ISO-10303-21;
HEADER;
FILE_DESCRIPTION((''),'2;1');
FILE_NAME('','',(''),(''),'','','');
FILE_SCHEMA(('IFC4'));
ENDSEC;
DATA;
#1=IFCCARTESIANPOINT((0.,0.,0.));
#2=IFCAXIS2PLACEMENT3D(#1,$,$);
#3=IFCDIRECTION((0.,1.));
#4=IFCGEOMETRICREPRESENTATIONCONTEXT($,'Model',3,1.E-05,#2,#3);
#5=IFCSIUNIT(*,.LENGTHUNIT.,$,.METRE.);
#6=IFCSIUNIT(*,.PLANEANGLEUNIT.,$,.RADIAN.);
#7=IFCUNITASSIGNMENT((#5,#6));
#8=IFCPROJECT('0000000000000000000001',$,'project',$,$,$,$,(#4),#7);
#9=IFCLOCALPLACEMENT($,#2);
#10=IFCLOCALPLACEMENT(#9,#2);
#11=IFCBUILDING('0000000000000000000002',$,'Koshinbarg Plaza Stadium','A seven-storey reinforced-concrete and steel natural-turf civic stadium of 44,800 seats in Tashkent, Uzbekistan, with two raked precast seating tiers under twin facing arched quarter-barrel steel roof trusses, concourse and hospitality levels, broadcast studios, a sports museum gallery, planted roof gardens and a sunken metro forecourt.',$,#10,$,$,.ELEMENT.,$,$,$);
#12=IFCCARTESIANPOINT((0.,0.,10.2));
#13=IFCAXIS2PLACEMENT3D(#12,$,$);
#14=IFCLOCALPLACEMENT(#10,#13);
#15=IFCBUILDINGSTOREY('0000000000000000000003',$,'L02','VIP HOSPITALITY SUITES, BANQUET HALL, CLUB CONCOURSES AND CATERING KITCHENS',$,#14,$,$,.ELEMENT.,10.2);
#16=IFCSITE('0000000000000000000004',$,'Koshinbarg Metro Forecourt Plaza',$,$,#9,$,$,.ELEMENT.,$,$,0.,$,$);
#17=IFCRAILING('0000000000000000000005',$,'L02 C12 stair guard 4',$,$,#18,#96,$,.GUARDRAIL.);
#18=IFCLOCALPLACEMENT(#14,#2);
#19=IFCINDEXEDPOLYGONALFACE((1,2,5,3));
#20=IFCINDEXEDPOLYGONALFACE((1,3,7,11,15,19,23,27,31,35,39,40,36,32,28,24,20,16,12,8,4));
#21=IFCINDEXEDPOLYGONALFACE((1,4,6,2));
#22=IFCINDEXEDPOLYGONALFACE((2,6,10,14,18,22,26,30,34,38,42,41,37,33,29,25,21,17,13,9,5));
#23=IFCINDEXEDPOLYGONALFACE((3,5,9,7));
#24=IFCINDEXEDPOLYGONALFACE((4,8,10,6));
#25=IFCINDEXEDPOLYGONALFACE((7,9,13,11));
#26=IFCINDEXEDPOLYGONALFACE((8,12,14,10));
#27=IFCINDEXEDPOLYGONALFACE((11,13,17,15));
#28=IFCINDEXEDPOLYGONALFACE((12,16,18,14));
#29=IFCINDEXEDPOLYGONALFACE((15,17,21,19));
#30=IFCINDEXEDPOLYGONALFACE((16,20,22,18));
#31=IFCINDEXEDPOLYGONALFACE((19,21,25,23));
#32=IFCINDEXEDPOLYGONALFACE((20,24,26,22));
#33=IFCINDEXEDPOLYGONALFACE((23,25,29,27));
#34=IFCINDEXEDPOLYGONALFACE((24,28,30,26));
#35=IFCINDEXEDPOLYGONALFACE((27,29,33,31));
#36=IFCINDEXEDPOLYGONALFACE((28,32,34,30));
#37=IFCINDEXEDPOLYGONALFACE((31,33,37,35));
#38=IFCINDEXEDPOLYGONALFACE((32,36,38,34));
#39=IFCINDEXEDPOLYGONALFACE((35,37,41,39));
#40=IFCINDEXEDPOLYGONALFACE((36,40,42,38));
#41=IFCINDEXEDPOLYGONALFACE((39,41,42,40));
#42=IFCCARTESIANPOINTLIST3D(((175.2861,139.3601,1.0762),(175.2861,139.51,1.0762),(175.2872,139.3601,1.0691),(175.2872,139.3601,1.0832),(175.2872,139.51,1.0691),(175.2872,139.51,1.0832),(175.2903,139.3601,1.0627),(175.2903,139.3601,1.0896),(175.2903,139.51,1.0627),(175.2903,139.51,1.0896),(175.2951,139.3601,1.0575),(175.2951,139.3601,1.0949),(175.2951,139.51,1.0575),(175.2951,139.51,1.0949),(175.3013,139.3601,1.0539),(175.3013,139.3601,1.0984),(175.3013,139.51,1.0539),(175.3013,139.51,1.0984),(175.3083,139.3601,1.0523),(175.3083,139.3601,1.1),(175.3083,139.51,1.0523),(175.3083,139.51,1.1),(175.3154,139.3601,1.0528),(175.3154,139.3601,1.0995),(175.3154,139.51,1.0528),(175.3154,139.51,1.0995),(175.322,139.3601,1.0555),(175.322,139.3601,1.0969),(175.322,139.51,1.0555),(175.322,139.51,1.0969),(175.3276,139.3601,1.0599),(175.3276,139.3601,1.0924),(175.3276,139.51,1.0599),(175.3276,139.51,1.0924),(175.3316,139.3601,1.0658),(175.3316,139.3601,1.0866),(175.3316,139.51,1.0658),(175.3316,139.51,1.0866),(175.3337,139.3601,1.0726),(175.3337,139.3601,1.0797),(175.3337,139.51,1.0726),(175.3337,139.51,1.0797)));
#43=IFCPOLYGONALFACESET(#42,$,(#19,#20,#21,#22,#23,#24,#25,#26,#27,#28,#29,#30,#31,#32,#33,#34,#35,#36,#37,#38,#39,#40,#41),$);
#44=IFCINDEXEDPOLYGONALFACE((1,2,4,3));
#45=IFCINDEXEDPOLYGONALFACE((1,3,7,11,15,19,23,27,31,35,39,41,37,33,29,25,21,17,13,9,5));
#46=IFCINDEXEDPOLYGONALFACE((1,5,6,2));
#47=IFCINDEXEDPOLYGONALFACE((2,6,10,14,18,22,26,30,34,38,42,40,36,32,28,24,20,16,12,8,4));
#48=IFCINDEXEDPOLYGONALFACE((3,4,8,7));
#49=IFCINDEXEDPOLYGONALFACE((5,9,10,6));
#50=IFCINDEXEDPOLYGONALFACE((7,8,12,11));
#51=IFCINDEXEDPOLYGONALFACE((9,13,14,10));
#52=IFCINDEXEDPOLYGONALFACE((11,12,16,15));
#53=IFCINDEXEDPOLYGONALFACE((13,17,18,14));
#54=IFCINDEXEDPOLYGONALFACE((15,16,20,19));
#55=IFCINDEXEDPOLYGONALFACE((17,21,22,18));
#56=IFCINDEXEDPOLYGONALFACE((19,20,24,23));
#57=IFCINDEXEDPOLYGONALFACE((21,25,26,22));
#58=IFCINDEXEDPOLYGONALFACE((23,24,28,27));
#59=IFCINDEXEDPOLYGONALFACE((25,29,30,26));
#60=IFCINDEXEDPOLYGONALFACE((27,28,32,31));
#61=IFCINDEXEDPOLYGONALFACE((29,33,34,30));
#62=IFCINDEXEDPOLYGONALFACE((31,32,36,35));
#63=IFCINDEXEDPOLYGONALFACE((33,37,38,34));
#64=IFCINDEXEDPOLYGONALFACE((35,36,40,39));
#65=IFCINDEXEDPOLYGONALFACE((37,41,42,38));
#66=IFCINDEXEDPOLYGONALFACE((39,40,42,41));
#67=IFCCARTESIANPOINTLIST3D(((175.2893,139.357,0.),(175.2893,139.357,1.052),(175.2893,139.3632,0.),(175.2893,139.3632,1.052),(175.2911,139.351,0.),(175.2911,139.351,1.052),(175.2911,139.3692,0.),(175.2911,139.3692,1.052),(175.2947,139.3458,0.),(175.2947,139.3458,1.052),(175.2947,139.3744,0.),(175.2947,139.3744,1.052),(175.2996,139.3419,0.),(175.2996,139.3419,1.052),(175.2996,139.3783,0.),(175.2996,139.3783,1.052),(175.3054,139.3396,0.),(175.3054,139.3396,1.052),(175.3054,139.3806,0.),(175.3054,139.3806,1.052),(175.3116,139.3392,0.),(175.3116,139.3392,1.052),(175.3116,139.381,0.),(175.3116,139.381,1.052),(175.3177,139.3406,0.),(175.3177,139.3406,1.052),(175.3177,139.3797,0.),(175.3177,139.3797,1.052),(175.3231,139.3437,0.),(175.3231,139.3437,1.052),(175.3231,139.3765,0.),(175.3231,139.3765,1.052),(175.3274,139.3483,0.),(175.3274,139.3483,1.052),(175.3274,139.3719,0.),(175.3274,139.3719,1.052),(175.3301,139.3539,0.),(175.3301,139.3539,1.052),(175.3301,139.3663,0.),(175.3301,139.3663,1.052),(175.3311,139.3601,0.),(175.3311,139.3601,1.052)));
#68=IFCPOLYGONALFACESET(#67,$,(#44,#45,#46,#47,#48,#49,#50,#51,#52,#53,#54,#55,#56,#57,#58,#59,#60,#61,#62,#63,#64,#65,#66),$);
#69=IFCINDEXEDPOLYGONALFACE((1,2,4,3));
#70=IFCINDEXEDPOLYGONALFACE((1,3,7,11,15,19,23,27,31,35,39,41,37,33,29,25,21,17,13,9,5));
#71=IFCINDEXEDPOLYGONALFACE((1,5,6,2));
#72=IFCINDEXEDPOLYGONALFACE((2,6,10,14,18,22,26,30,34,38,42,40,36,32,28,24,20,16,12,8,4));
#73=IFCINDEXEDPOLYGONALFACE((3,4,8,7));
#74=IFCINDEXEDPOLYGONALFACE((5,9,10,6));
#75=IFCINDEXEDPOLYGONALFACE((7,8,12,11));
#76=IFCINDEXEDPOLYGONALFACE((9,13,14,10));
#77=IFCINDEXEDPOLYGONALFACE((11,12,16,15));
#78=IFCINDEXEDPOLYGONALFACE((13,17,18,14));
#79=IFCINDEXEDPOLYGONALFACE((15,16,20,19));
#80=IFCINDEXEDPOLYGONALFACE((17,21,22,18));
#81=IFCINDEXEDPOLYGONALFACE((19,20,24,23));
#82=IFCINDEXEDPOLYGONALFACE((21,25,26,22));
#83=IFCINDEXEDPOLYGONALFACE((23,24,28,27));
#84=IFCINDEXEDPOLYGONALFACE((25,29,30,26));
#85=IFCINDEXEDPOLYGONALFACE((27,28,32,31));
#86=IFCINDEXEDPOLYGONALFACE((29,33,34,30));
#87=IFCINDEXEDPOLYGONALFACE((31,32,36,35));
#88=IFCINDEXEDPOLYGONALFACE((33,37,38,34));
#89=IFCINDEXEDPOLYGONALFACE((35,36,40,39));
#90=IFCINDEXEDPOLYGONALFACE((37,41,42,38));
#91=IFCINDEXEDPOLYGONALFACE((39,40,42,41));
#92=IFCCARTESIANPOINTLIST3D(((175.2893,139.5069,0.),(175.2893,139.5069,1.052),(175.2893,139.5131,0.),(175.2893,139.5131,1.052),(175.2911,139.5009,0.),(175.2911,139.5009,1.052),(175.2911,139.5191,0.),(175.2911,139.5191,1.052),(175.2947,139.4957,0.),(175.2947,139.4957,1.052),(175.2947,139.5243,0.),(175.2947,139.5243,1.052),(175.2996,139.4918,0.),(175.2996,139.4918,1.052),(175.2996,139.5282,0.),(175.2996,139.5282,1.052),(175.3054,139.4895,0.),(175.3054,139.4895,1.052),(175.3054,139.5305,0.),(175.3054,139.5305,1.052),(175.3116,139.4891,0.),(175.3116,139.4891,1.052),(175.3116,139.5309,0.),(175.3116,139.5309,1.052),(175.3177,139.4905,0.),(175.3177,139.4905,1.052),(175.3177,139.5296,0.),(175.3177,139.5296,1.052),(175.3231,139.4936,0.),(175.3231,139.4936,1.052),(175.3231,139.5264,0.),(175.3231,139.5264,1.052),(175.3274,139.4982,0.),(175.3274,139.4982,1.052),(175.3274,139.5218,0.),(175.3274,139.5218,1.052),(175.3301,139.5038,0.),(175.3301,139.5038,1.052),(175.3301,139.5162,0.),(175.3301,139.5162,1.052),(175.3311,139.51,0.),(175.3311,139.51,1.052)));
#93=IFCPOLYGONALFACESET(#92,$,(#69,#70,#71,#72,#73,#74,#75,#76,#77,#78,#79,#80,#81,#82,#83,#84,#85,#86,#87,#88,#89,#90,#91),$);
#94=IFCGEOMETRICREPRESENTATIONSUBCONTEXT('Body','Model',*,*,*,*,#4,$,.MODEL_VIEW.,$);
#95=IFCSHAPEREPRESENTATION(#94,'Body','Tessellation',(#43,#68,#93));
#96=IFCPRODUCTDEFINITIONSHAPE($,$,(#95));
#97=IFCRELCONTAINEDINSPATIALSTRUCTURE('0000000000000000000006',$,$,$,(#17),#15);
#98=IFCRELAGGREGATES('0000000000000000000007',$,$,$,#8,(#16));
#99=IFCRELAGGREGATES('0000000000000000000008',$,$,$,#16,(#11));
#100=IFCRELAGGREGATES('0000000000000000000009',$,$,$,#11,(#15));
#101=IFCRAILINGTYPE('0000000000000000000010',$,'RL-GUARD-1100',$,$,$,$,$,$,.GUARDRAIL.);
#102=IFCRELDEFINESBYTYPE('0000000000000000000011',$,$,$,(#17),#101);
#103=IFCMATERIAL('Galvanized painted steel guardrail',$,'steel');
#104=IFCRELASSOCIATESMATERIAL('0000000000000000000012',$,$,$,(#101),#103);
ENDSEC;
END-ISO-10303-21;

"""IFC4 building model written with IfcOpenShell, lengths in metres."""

from ifc_helpers import new_model, si_unit, direction, frame, origin, origin_2d, place, context, subcontext, project, spatial, circle, extrude, material, type_object, element, save


model = new_model("IFC4")

# Units and contexts
model_context = context("Model", 3, precision=1e-05, world=origin(), true_north=direction((0.0, 1.0)))
body_context = subcontext(model_context, "Body", "Model", "MODEL_VIEW")
ifc_project = project(units=[si_unit("LENGTHUNIT", "METRE"), si_unit("PLANEANGLEUNIT", "RADIAN")], contexts=[model_context])

# Site, building, storey
site_placement = place(None, origin())
site = spatial("IfcSite", under=ifc_project, at=site_placement, Name="Koshinbarg Metro Forecourt Plaza", CompositionType="ELEMENT", RefElevation=0.0)
building_placement = place(site_placement, origin())
building = spatial("IfcBuilding", under=site, at=building_placement, Name="Koshinbarg Plaza Stadium", Description="A seven-storey reinforced-concrete and steel natural-turf civic stadium of 44,800 seats in Tashkent, Uzbekistan, with two raked precast seating tiers under twin facing arched quarter-barrel steel roof trusses, concourse and hospitality levels, broadcast studios, a sports museum gallery, planted roof gardens and a sunken metro forecourt.", CompositionType="ELEMENT")
storey_placement = place(building_placement, frame((0.0, 0.0, 10.2)))
storey = spatial("IfcBuildingStorey", under=building, at=storey_placement, Name="L02", Description="VIP HOSPITALITY SUITES, BANQUET HALL, CLUB CONCOURSES AND CATERING KITCHENS", CompositionType="ELEMENT", Elevation=10.2)

# Railing
ifc_material_1 = material(Name="Galvanized painted steel guardrail", Category="steel")
railing_type_1 = type_object("IfcRailingType", Name="RL-GUARD-1100", PredefinedType="GUARDRAIL", material=ifc_material_1)
railing_1_placement = place(storey_placement, frame((175.3101, 139.3601, 0.0)))
element("IfcRailing", 1, at=railing_1_placement, inside=storey, type_object=railing_type_1, Name="L02 C12 stair guard 4", PredefinedType="GUARDRAIL", context=body_context, shape_type="SweptSolid", body=[
    extrude(circle(Radius=0.0239, at=origin_2d()), frame((0.0, 0.0, 1.0762), z_axis=(0.0, 1.0, 0.0), x_axis=(-1.0, 0.0, 0.0)), (0.0, 0.0, 1.0), 0.1499),
    extrude(circle(Radius=0.021, at=origin_2d()), origin(), (0.0, 0.0, 1.0), 1.052),
    extrude(circle(Radius=0.021, at=origin_2d()), frame((0.0, 0.1499, 0.0)), (0.0, 0.0, 1.0), 1.052),
])

save(model, "model.ifc")
